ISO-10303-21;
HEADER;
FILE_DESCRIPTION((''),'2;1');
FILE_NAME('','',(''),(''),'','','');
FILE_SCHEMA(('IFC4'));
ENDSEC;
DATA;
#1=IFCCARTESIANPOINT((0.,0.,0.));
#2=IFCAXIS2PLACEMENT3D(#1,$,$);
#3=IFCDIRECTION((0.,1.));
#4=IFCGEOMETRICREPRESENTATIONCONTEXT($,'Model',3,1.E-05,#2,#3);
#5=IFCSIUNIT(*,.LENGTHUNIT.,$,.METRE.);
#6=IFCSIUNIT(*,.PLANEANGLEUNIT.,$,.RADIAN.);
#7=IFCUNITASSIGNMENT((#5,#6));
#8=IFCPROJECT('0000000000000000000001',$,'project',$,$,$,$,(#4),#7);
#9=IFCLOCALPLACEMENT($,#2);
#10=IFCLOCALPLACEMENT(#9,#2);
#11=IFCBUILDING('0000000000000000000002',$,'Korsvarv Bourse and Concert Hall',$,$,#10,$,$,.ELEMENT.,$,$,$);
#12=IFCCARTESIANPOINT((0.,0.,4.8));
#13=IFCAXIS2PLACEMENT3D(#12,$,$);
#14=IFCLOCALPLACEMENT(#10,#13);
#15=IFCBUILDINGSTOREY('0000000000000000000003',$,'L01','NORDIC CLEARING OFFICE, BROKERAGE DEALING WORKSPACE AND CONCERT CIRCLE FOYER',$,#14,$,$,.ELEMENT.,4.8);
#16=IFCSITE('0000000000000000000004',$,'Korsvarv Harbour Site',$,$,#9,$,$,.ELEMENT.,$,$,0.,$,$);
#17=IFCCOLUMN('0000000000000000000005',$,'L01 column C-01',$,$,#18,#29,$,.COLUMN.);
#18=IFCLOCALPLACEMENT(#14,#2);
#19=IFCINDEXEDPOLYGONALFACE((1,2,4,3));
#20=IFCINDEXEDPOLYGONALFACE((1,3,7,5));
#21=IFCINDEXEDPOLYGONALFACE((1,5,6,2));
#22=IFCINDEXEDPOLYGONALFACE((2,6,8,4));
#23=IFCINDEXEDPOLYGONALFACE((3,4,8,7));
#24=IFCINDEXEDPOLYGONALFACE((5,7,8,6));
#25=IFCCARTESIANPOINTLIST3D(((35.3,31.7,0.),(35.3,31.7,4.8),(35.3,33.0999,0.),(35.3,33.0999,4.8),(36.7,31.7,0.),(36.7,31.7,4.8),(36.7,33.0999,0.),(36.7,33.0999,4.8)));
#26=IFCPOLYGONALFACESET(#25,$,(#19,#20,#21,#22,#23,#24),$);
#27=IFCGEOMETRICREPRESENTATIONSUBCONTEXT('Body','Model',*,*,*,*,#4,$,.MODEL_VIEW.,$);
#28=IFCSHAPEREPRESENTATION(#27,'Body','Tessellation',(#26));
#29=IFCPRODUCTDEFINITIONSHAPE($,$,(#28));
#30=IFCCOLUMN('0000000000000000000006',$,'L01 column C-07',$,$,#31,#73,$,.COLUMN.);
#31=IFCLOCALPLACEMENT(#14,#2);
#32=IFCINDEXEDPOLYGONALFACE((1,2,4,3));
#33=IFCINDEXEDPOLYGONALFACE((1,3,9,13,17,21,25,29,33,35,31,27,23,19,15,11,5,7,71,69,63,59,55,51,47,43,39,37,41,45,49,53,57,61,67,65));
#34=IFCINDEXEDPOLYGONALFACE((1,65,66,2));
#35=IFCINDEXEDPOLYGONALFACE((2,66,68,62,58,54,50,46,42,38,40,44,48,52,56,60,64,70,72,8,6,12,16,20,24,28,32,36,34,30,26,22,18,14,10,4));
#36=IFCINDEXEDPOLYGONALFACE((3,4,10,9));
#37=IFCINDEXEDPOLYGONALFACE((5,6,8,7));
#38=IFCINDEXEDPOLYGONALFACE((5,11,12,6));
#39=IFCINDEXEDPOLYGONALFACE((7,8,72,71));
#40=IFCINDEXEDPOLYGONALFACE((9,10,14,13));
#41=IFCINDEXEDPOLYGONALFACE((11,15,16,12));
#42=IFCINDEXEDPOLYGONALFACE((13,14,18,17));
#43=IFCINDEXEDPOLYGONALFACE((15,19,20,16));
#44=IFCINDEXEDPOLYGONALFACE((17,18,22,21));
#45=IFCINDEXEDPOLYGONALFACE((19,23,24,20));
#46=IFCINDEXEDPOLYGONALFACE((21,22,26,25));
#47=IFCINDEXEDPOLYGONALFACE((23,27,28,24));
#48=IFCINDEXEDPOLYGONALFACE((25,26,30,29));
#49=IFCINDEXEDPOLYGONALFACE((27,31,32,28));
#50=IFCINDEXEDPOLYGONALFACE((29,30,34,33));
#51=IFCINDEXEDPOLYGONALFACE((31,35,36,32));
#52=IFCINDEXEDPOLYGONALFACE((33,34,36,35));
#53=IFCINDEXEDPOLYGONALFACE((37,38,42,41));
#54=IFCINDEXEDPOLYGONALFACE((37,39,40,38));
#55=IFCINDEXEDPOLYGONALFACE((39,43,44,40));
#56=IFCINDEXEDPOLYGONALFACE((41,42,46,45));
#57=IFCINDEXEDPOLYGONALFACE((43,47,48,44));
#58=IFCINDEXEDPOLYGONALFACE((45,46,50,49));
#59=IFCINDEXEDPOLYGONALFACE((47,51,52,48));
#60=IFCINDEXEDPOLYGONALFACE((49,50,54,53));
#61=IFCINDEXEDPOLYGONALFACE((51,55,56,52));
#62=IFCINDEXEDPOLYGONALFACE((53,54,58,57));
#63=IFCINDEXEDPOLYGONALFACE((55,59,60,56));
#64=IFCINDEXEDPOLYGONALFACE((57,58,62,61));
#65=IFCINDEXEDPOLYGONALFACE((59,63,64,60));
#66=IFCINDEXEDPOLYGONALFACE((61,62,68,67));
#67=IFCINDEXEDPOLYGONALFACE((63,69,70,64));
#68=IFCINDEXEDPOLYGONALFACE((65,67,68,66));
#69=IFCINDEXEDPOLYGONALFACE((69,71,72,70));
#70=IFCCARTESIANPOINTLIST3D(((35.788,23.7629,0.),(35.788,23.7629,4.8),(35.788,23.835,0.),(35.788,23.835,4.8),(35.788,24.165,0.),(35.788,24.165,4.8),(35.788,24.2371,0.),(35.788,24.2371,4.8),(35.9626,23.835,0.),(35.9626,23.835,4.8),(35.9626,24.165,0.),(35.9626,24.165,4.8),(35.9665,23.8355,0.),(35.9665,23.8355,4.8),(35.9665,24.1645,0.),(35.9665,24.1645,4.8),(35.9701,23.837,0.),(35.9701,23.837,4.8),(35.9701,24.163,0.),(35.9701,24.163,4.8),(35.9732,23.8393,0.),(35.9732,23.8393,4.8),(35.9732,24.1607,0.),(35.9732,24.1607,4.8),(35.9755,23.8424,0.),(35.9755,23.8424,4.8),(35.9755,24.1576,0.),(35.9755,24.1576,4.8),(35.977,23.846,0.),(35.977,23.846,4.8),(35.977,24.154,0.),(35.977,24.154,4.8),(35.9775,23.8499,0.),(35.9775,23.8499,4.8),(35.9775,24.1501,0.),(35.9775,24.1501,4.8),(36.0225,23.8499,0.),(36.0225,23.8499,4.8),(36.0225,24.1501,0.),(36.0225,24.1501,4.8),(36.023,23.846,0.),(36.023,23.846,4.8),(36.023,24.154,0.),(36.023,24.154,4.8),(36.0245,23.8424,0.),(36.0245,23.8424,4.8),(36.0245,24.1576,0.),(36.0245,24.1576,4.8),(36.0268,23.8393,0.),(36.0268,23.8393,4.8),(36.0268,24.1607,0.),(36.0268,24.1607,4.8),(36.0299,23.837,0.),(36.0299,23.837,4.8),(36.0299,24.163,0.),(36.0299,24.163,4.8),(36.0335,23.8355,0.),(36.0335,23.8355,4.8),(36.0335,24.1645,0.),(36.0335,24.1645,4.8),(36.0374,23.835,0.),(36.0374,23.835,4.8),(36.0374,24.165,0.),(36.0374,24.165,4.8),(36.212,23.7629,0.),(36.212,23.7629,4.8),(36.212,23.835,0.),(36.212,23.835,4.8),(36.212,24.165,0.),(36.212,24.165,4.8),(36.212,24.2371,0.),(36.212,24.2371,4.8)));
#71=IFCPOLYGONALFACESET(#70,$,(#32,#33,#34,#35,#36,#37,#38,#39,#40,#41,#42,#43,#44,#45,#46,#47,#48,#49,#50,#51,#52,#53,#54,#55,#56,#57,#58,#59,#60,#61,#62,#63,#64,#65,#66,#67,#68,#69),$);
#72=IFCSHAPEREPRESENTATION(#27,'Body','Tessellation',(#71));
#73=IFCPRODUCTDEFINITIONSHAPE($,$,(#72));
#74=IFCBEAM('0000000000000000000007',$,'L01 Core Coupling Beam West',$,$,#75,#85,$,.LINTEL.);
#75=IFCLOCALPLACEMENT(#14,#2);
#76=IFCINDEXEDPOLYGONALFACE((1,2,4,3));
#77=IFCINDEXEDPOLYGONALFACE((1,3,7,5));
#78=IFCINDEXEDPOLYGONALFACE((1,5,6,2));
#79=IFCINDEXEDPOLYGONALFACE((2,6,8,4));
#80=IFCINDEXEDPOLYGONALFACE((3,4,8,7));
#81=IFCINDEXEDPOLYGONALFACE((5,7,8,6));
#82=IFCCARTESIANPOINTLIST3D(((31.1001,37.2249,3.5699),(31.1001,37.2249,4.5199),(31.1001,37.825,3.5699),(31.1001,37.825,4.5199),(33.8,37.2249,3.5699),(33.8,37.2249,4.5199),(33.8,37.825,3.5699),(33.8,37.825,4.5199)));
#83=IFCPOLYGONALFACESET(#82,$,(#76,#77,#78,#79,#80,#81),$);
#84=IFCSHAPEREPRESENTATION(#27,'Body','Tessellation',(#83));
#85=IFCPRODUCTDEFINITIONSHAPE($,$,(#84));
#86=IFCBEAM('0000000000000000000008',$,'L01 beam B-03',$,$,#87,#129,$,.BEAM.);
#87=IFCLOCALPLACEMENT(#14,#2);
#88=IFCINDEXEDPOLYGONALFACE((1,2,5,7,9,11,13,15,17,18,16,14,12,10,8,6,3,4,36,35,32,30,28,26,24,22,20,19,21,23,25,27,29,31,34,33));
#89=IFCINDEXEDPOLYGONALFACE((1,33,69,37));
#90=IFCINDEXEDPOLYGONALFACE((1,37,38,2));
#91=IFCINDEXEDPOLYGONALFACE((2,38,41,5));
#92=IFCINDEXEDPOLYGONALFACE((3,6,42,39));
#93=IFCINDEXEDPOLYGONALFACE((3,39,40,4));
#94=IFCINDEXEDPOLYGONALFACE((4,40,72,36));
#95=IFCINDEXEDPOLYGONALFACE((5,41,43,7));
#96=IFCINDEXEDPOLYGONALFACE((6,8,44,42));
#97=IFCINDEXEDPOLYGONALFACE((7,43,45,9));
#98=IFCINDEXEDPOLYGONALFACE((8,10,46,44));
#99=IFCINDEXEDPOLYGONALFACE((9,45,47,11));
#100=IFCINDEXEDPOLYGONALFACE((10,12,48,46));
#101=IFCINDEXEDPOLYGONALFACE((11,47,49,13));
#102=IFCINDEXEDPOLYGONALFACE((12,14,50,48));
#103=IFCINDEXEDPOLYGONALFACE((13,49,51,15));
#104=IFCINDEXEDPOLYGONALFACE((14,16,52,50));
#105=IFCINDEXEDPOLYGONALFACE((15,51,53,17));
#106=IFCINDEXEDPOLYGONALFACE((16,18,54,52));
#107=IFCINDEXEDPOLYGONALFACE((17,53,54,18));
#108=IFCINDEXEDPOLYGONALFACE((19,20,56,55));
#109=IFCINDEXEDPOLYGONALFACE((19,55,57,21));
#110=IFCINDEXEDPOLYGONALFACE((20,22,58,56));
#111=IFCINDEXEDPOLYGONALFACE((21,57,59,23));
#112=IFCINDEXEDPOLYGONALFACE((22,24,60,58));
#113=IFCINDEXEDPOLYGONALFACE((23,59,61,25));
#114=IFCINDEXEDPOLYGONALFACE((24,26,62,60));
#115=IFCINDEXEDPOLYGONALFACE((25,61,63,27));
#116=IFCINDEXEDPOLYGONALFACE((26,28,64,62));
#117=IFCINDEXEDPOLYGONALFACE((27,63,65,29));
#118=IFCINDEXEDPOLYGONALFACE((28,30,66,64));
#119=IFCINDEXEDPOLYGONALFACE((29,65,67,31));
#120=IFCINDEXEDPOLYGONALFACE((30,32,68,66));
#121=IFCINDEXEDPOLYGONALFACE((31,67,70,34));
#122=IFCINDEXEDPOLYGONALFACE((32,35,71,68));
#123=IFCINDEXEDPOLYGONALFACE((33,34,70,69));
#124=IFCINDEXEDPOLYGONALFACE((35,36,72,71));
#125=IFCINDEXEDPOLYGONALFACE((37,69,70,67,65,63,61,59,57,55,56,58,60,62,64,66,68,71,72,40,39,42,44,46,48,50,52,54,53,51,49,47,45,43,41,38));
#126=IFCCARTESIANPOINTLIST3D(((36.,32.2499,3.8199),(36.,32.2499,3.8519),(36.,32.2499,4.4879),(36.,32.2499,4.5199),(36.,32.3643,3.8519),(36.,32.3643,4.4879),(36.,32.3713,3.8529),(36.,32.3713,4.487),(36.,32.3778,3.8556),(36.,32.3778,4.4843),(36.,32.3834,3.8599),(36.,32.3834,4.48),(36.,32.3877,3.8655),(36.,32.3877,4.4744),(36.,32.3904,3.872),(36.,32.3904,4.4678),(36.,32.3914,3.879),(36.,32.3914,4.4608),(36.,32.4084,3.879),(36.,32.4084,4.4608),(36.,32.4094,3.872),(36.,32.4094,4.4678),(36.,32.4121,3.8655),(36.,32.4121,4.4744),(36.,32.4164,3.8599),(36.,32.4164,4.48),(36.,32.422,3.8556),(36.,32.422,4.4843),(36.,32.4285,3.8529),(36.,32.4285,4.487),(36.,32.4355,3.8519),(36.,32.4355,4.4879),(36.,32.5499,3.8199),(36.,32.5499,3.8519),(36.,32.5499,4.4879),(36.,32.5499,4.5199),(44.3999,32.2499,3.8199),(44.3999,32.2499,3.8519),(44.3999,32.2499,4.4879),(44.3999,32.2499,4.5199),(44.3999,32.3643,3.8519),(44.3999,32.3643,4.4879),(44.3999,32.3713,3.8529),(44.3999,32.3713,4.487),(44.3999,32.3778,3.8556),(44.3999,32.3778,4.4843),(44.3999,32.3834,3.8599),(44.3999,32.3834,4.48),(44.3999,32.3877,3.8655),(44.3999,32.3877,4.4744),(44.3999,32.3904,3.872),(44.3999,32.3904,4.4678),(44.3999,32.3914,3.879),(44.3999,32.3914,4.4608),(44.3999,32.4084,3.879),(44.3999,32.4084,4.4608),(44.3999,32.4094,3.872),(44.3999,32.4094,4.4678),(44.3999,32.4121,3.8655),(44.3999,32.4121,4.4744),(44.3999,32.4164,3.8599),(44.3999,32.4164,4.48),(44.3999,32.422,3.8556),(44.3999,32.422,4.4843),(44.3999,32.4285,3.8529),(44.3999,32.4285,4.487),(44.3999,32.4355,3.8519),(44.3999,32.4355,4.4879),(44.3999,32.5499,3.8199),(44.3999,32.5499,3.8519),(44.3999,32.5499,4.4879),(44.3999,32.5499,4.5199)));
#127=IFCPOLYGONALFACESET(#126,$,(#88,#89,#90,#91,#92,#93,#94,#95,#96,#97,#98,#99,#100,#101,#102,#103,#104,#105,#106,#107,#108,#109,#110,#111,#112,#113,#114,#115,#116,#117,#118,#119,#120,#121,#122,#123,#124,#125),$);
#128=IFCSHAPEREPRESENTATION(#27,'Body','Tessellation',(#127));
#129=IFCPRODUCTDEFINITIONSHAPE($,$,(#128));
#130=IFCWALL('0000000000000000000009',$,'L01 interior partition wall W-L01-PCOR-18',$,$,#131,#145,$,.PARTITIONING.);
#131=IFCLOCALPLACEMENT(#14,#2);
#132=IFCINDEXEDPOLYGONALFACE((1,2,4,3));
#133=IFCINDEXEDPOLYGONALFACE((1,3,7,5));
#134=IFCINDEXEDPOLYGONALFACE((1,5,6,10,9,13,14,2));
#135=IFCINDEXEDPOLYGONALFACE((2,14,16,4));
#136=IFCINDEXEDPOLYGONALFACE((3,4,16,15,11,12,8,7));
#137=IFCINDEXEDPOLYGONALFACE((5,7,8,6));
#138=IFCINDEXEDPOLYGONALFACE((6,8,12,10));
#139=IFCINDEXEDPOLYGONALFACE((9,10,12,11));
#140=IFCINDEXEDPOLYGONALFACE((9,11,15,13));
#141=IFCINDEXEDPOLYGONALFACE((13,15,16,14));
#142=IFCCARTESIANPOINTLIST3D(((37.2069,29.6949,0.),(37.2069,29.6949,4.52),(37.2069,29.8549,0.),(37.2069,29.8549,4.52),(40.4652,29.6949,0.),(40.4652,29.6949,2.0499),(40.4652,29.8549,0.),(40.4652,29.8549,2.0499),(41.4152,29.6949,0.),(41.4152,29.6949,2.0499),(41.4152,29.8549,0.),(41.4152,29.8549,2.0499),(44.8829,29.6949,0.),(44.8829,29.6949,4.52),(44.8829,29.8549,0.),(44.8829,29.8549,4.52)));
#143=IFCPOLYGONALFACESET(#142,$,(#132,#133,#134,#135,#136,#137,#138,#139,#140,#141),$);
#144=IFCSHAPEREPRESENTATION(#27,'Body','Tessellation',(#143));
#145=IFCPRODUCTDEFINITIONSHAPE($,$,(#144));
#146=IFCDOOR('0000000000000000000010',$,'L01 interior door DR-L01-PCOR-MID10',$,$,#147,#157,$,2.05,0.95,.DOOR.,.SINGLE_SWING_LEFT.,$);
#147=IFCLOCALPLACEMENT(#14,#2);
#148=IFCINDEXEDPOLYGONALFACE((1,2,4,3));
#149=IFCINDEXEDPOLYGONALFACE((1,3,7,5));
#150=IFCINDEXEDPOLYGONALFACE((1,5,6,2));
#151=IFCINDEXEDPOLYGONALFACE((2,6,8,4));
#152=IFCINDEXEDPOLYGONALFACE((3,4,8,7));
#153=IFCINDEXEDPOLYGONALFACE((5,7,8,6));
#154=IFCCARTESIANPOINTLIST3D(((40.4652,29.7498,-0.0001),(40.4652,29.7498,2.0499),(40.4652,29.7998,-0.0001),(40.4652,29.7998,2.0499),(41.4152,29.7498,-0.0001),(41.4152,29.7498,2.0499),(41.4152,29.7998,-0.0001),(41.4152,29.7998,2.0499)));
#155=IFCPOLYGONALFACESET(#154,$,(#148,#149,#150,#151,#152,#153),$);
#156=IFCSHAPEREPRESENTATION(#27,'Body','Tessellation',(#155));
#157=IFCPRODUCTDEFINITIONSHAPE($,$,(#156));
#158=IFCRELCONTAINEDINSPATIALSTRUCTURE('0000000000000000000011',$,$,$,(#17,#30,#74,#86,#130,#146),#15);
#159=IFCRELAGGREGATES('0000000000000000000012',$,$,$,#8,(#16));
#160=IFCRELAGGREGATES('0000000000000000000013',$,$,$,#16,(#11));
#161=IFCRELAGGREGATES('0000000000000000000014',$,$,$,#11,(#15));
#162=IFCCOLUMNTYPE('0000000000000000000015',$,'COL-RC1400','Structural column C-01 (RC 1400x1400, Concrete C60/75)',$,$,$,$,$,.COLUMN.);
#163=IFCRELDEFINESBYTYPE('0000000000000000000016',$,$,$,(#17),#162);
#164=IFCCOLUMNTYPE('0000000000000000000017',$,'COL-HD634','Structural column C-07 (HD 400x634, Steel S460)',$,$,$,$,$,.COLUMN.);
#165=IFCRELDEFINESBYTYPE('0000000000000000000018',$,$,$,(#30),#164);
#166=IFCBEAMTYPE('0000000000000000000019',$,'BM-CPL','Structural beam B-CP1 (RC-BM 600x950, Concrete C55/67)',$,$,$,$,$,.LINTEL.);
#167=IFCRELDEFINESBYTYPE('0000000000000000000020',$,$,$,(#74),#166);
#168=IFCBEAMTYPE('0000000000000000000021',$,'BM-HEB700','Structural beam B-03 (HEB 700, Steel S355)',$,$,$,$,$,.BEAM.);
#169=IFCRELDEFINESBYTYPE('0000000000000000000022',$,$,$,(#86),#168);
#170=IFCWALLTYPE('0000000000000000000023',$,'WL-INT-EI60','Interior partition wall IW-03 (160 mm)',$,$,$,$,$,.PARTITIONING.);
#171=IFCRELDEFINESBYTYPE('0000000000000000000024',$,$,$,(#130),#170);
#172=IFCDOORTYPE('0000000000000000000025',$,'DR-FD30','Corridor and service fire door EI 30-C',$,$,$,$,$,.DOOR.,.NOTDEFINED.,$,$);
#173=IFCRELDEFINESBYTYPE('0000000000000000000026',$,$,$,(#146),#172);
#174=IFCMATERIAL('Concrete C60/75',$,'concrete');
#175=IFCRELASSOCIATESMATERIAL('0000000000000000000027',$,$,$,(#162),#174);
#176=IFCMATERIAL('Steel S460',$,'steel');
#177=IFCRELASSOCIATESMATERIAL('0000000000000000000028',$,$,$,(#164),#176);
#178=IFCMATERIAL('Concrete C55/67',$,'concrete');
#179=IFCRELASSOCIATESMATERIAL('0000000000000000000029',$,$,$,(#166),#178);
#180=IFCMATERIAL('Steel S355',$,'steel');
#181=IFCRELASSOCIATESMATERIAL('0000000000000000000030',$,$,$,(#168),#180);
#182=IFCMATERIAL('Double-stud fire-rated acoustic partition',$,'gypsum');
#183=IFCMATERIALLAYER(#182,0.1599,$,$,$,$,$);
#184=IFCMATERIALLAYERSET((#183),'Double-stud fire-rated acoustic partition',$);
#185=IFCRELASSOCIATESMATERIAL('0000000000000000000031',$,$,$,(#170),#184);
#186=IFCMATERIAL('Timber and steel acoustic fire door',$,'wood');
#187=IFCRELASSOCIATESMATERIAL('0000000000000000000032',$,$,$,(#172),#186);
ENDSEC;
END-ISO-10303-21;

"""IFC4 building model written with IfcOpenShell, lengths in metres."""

from ifc_helpers import new_model, si_unit, direction, frame, frame_2d, origin, origin_2d, place, context, subcontext, project, spatial, rectangle, i_section, extrude, source, transform, mapped, material, layer, layer_set, material_profile, profile_set, type_object, element, fill, save


model = new_model("IFC4")

# Units and contexts
model_context = context("Model", 3, precision=1e-05, world=origin(), true_north=direction((0.0, 1.0)))
body_context = subcontext(model_context, "Body", "Model", "MODEL_VIEW")
ifc_project = project(units=[si_unit("LENGTHUNIT", "METRE"), si_unit("PLANEANGLEUNIT", "RADIAN")], contexts=[model_context])

# Site, building, storey
site_placement = place(None, origin())
site = spatial("IfcSite", under=ifc_project, at=site_placement, Name="Korsvarv Harbour Site", CompositionType="ELEMENT", RefElevation=0.0)
building_placement = place(site_placement, origin())
building = spatial("IfcBuilding", under=site, at=building_placement, Name="Korsvarv Bourse and Concert Hall", CompositionType="ELEMENT")
storey_placement = place(building_placement, frame((0.0, 0.0, 4.8)))
storey = spatial("IfcBuildingStorey", under=building, at=storey_placement, Name="L01", Description="NORDIC CLEARING OFFICE, BROKERAGE DEALING WORKSPACE AND CONCERT CIRCLE FOYER", CompositionType="ELEMENT", Elevation=4.8)

# Columns
ifc_material_1 = material(Name="Concrete C60/75", Category="concrete")
ifc_material_profile_1 = material_profile(ifc_material_1, rectangle(XDim=1.3999, YDim=1.3999, at=origin_2d()), Name="RC 1400x1400")
ifc_profile_set_1 = profile_set([ifc_material_profile_1], Name="Concrete C60/75")
column_type_1 = type_object("IfcColumnType", Name="COL-RC1400", Description="Structural column C-01 (RC 1400x1400, Concrete C60/75)", PredefinedType="COLUMN", material=ifc_profile_set_1)
shared_shape_1 = source(origin(), body_context, "Body", "SweptSolid", [
    extrude(rectangle(XDim=1.3999, YDim=1.3999, at=origin_2d()), origin(), (0.0, 0.0, 1.0), 4.8),
])
column_1_placement = place(storey_placement, frame((36.0, 32.3999, 0.0), z_axis=(0.0, 0.0, 1.0), x_axis=(1.0, 0.0, 0.0)))
element("IfcColumn", 1, at=column_1_placement, inside=storey, type_object=column_type_1, Name="L01 column C-01", PredefinedType="COLUMN", context=body_context, shape_type="MappedRepresentation", body=[
    mapped(shared_shape_1, transform((0.0, 0.0, 0.0), scale=1.0)),
])
ifc_material_2 = material(Name="Steel S460", Category="steel")
ifc_material_profile_2 = material_profile(ifc_material_2, i_section(OverallWidth=0.4241, OverallDepth=0.4741, WebThickness=0.0449, FlangeThickness=0.072, FilletRadius=0.0149, at=origin_2d()), Name="HD 400x634")
ifc_profile_set_2 = profile_set([ifc_material_profile_2], Name="Steel S460")
column_type_2 = type_object("IfcColumnType", Name="COL-HD634", Description="Structural column C-07 (HD 400x634, Steel S460)", PredefinedType="COLUMN", material=ifc_profile_set_2)
shared_shape_2 = source(origin(), body_context, "Body", "SweptSolid", [
    extrude(i_section(OverallWidth=0.4241, OverallDepth=0.4741, WebThickness=0.0449, FlangeThickness=0.072, FilletRadius=0.0149, at=origin_2d()), origin(), (0.0, 0.0, 1.0), 4.8),
])
column_2_placement = place(storey_placement, frame((36.0, 24.0, 0.0), z_axis=(0.0, 0.0, 1.0), x_axis=(1.0, 0.0, 0.0)))
element("IfcColumn", 2, at=column_2_placement, inside=storey, type_object=column_type_2, Name="L01 column C-07", PredefinedType="COLUMN", context=body_context, shape_type="MappedRepresentation", body=[
    mapped(shared_shape_2, transform((0.0, 0.0, 0.0), scale=1.0)),
])

# Beams
ifc_material_3 = material(Name="Concrete C55/67", Category="concrete")
ifc_material_profile_3 = material_profile(ifc_material_3, rectangle(XDim=0.6001, YDim=0.95, at=origin_2d()), Name="RC-BM 600x950")
ifc_profile_set_3 = profile_set([ifc_material_profile_3], Name="Concrete C55/67")
beam_type_1 = type_object("IfcBeamType", Name="BM-CPL", Description="Structural beam B-CP1 (RC-BM 600x950, Concrete C55/67)", PredefinedType="LINTEL", material=ifc_profile_set_3)
shared_shape_3 = source(origin(), body_context, "Body", "SweptSolid", [
    extrude(rectangle(XDim=0.6001, YDim=0.95, at=origin_2d()), origin(), (0.0, 0.0, 1.0), 2.7),
])
beam_1_placement = place(storey_placement, frame((31.1001, 37.5249, 4.0449), z_axis=(1.0, 0.0, 0.0), x_axis=(0.0, 1.0, 0.0)))
element("IfcBeam", 3, at=beam_1_placement, inside=storey, type_object=beam_type_1, Name="L01 Core Coupling Beam West", PredefinedType="LINTEL", context=body_context, shape_type="MappedRepresentation", body=[
    mapped(shared_shape_3, transform((0.0, 0.0, 0.0), scale=1.0)),
])
ifc_material_4 = material(Name="Steel S355", Category="steel")
ifc_material_profile_4 = material_profile(ifc_material_4, i_section(OverallWidth=0.3, OverallDepth=0.7, WebThickness=0.0171, FlangeThickness=0.032, FilletRadius=0.0271, at=origin_2d()), Name="HEB 700")
ifc_profile_set_4 = profile_set([ifc_material_profile_4], Name="Steel S355")
beam_type_2 = type_object("IfcBeamType", Name="BM-HEB700", Description="Structural beam B-03 (HEB 700, Steel S355)", PredefinedType="BEAM", material=ifc_profile_set_4)
shared_shape_4 = source(origin(), body_context, "Body", "SweptSolid", [
    extrude(i_section(OverallWidth=0.3, OverallDepth=0.7, WebThickness=0.0171, FlangeThickness=0.032, FilletRadius=0.0271, at=origin_2d()), origin(), (0.0, 0.0, 1.0), 8.3999),
])
beam_2_placement = place(storey_placement, frame((36.0, 32.3999, 4.1699), z_axis=(1.0, 0.0, 0.0), x_axis=(0.0, 1.0, 0.0)))
element("IfcBeam", 4, at=beam_2_placement, inside=storey, type_object=beam_type_2, Name="L01 beam B-03", PredefinedType="BEAM", context=body_context, shape_type="MappedRepresentation", body=[
    mapped(shared_shape_4, transform((0.0, 0.0, 0.0), scale=1.0)),
])

# Wall, opening, door
ifc_material_5 = material(Name="Double-stud fire-rated acoustic partition", Category="gypsum")
ifc_layer_1 = layer(ifc_material_5, 0.1599)
ifc_layer_set_1 = layer_set([ifc_layer_1], Name="Double-stud fire-rated acoustic partition")
wall_type_1 = type_object("IfcWallType", Name="WL-INT-EI60", Description="Interior partition wall IW-03 (160 mm)", PredefinedType="PARTITIONING", material=ifc_layer_set_1)
wall_1_placement = place(storey_placement, frame((37.207, 29.7749, 0.0), z_axis=(0.0, 0.0, 1.0), x_axis=(1.0, 0.0, 0.0)))
wall_1 = element("IfcWall", 5, at=wall_1_placement, inside=storey, type_object=wall_type_1, Name="L01 interior partition wall W-L01-PCOR-18", PredefinedType="PARTITIONING", context=body_context, shape_type="SweptSolid", body=[
    extrude(rectangle(XDim=7.676, YDim=0.1599, at=frame_2d((3.8379, 0.0))), origin(), (0.0, 0.0, 1.0), 4.52),
])
opening_1_placement = place(wall_1_placement, frame((3.2581, 0.0, 0.0)))
opening_1 = element("IfcOpeningElement", 6, at=opening_1_placement, cuts=wall_1, PredefinedType="OPENING", context=body_context, shape_type="SweptSolid", body=[
    extrude(rectangle(XDim=0.95, YDim=2.05, at=frame_2d((0.4751, 1.0249))), frame((0.0, 0.0898, 0.0), z_axis=(0.0, -1.0, 0.0), x_axis=(1.0, 0.0, 0.0)), (0.0, 0.0, 1.0), 0.1799),
])
ifc_material_6 = material(Name="Timber and steel acoustic fire door", Category="wood")
door_type_1 = type_object("IfcDoorType", Name="DR-FD30", Description="Corridor and service fire door EI 30-C", OperationType="NOTDEFINED", PredefinedType="DOOR", material=ifc_material_6)
door_1_placement = place(opening_1_placement, origin())
door_1 = element("IfcDoor", 7, at=door_1_placement, inside=storey, type_object=door_type_1, Name="L01 interior door DR-L01-PCOR-MID10", OperationType="SINGLE_SWING_LEFT", OverallHeight=2.05, OverallWidth=0.95, PredefinedType="DOOR", context=body_context, shape_type="SweptSolid", body=[
    extrude(rectangle(XDim=0.95, YDim=2.05, at=frame_2d((0.4751, 1.0249))), frame((0.0, 0.0249, 0.0), z_axis=(0.0, -1.0, 0.0), x_axis=(1.0, 0.0, 0.0)), (0.0, 0.0, 1.0), 0.05),
])
fill(opening_1, door_1)

save(model, "model.ifc")
